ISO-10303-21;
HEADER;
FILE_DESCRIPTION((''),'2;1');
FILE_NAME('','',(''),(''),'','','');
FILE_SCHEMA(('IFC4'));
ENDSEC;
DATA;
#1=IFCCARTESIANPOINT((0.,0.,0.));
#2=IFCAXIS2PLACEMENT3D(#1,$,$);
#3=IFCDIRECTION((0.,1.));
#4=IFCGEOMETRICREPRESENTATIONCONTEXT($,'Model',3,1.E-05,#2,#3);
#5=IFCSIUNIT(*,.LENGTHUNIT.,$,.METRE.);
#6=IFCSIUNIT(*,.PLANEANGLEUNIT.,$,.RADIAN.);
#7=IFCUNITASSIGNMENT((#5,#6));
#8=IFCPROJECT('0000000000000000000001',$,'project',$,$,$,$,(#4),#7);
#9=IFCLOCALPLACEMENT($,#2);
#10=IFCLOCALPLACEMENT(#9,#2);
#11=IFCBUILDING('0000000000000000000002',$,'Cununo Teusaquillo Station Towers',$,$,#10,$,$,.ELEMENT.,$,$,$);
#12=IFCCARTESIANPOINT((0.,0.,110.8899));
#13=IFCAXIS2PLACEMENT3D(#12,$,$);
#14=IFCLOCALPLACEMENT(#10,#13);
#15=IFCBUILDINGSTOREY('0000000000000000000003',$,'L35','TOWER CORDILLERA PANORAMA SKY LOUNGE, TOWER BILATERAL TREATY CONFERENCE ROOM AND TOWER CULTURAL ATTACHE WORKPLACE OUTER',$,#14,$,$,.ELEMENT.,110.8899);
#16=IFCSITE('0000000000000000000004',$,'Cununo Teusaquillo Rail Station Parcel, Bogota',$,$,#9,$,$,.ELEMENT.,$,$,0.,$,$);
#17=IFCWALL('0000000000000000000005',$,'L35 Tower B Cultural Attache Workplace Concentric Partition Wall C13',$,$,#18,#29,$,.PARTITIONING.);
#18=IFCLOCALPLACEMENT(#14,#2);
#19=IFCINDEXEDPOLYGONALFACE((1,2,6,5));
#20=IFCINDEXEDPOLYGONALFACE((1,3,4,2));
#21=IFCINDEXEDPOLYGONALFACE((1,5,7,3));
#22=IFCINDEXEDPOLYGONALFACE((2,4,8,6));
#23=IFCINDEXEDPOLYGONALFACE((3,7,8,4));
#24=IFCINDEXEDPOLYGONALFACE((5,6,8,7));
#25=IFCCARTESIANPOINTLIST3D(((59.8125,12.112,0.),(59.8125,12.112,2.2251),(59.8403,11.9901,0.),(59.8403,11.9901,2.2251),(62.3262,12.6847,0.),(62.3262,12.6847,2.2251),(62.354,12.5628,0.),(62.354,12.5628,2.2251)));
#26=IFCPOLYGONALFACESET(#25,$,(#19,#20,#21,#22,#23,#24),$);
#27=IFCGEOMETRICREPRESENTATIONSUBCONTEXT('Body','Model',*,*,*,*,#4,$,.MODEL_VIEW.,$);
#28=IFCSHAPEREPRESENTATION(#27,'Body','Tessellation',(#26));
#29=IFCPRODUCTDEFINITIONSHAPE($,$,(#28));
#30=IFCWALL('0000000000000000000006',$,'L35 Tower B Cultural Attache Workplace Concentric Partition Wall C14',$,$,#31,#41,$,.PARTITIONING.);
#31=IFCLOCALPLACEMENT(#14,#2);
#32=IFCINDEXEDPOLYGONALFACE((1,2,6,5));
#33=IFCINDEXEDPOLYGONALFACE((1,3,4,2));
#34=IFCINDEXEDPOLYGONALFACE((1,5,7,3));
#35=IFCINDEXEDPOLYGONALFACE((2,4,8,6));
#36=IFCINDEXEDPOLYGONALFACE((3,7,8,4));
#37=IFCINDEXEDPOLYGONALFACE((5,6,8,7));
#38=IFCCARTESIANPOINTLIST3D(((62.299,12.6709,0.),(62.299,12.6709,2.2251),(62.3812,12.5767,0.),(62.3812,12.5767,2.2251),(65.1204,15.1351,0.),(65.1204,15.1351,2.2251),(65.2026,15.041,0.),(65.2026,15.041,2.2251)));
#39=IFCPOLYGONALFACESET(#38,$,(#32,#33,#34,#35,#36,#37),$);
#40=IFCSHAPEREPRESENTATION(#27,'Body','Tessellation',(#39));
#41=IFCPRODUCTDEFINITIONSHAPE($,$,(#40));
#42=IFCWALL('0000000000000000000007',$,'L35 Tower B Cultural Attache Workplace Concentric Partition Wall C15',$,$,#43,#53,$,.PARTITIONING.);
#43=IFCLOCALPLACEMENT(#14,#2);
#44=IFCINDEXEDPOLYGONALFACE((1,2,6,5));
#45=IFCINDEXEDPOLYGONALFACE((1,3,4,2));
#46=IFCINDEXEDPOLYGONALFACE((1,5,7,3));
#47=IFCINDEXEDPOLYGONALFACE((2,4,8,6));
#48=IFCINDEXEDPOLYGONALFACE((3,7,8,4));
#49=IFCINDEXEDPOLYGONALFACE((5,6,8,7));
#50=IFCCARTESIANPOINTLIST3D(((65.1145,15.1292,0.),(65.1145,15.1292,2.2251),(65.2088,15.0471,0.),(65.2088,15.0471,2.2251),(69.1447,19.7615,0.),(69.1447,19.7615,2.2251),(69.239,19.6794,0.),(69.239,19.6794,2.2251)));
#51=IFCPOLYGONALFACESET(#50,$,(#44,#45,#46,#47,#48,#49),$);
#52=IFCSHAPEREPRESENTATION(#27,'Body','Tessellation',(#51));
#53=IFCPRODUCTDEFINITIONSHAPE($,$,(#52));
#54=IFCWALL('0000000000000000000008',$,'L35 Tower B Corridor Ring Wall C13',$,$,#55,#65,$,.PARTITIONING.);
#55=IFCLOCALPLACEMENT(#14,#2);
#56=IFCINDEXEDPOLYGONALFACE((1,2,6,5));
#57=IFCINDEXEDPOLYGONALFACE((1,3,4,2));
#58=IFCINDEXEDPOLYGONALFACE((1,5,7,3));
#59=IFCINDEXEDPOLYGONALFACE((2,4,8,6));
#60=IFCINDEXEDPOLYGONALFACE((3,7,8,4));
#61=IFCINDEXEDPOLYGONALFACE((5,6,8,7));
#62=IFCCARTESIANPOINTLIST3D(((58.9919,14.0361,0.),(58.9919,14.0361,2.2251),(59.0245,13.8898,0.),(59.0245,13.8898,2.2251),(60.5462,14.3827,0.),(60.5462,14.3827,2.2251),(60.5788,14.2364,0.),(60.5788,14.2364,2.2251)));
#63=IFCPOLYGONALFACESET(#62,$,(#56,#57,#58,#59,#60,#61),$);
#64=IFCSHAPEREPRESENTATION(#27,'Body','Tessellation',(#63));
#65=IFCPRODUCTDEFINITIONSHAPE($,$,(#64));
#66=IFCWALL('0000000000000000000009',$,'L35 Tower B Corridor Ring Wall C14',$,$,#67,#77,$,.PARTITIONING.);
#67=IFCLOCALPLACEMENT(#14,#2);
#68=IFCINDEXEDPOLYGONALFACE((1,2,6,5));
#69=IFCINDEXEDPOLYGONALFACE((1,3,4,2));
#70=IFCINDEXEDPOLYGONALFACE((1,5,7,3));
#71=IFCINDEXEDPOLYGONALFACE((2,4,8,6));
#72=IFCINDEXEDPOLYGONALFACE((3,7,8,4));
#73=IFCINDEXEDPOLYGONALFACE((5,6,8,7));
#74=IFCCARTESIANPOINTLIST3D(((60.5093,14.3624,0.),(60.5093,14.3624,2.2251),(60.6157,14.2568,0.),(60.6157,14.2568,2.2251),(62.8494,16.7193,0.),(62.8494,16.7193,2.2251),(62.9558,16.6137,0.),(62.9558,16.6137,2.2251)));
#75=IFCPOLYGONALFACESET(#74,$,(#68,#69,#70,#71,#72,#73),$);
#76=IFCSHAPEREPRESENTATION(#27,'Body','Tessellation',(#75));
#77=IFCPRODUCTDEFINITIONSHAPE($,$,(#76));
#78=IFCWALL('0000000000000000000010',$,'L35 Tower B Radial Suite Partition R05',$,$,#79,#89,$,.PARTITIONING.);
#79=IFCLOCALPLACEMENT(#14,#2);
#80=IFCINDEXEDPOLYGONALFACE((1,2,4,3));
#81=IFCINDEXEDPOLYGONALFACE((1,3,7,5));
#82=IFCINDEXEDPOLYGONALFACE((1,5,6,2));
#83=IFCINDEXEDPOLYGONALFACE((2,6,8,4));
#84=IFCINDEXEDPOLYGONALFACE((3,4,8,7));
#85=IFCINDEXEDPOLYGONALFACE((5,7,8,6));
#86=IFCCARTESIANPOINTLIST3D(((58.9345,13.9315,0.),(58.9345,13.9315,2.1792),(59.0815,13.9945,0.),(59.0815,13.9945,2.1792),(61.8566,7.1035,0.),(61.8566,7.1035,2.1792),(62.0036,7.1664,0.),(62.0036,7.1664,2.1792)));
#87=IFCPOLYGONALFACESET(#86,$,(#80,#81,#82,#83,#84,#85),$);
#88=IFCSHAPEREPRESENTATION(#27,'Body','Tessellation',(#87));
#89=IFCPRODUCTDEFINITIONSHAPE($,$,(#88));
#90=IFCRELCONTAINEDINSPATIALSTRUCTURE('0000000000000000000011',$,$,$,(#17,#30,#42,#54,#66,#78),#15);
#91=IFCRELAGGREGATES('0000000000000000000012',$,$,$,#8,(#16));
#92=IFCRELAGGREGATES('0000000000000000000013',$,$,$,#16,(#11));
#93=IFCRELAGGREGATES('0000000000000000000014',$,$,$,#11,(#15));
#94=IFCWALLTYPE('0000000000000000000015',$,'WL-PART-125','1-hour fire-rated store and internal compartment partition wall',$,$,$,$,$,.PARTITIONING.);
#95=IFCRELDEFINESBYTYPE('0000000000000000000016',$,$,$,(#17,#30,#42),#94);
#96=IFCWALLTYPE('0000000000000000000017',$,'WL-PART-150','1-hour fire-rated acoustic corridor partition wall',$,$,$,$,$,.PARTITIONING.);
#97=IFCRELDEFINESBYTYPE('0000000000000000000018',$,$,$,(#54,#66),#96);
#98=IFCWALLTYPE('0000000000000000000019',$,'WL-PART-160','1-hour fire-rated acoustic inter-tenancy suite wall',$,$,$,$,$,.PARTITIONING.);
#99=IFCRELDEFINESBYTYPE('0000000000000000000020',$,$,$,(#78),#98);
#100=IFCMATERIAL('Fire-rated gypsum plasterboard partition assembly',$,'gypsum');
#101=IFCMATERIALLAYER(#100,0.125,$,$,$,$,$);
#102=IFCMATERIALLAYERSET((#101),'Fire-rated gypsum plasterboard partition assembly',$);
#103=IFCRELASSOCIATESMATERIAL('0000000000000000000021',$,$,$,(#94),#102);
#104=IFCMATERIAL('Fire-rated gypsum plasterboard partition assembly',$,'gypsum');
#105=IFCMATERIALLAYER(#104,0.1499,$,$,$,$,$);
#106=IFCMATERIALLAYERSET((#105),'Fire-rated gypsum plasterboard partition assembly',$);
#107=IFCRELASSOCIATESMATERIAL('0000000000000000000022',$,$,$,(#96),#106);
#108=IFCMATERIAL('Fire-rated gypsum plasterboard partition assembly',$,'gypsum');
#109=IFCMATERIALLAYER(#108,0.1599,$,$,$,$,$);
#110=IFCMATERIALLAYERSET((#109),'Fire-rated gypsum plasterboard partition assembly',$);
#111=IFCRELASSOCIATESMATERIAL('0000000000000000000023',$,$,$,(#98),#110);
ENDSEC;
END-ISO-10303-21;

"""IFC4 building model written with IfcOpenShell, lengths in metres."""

from ifc_helpers import new_model, si_unit, direction, frame, frame_2d, origin, place, context, subcontext, project, spatial, rectangle, extrude, material, layer, layer_set, type_object, element, save


model = new_model("IFC4")

# Units and contexts
model_context = context("Model", 3, precision=1e-05, world=origin(), true_north=direction((0.0, 1.0)))
body_context = subcontext(model_context, "Body", "Model", "MODEL_VIEW")
ifc_project = project(units=[si_unit("LENGTHUNIT", "METRE"), si_unit("PLANEANGLEUNIT", "RADIAN")], contexts=[model_context])

# Site, building, storey
site_placement = place(None, origin())
site = spatial("IfcSite", under=ifc_project, at=site_placement, Name="Cununo Teusaquillo Rail Station Parcel, Bogota", CompositionType="ELEMENT", RefElevation=0.0)
building_placement = place(site_placement, origin())
building = spatial("IfcBuilding", under=site, at=building_placement, Name="Cununo Teusaquillo Station Towers", CompositionType="ELEMENT")
storey_placement = place(building_placement, frame((0.0, 0.0, 110.8899)))
storey = spatial("IfcBuildingStorey", under=building, at=storey_placement, Name="L35", Description="TOWER CORDILLERA PANORAMA SKY LOUNGE, TOWER BILATERAL TREATY CONFERENCE ROOM AND TOWER CULTURAL ATTACHE WORKPLACE OUTER", CompositionType="ELEMENT", Elevation=110.8899)

# Walls
ifc_material_1 = material(Name="Fire-rated gypsum plasterboard partition assembly", Category="gypsum")
ifc_layer_1 = layer(ifc_material_1, 0.125)
ifc_layer_set_1 = layer_set([ifc_layer_1], Name="Fire-rated gypsum plasterboard partition assembly")
wall_type_1 = type_object("IfcWallType", Name="WL-PART-125", Description="1-hour fire-rated store and internal compartment partition wall", PredefinedType="PARTITIONING", material=ifc_layer_set_1)
wall_1_placement = place(storey_placement, frame((59.8264, 12.051, 0.0), z_axis=(0.0, 0.0, 1.0), x_axis=(0.97501, 0.222161, 0.0)))
element("IfcWall", 1, at=wall_1_placement, inside=storey, type_object=wall_type_1, Name="L35 Tower B Cultural Attache Workplace Concentric Partition Wall C13", PredefinedType="PARTITIONING", context=body_context, shape_type="SweptSolid", body=[
    extrude(rectangle(XDim=2.5781, YDim=0.125, at=frame_2d((1.2891, 0.0))), origin(), (0.0, 0.0, 1.0), 2.2251),
])
wall_2_placement = place(storey_placement, frame((62.3401, 12.6238, 0.0), z_axis=(0.0, 0.0, 1.0), x_axis=(0.75317, 0.657826, 0.0)))
element("IfcWall", 2, at=wall_2_placement, inside=storey, type_object=wall_type_1, Name="L35 Tower B Cultural Attache Workplace Concentric Partition Wall C14", PredefinedType="PARTITIONING", context=body_context, shape_type="SweptSolid", body=[
    extrude(rectangle(XDim=3.7461, YDim=0.125, at=frame_2d((1.873, 0.0))), origin(), (0.0, 0.0, 1.0), 2.2251),
])
wall_3_placement = place(storey_placement, frame((65.1616, 15.0881, 0.0), z_axis=(0.0, 0.0, 1.0), x_axis=(0.65638, 0.754431, 0.0)))
element("IfcWall", 3, at=wall_3_placement, inside=storey, type_object=wall_type_1, Name="L35 Tower B Cultural Attache Workplace Concentric Partition Wall C15", PredefinedType="PARTITIONING", context=body_context, shape_type="SweptSolid", body=[
    extrude(rectangle(XDim=6.1401, YDim=0.125, at=frame_2d((3.0701, 0.0))), origin(), (0.0, 0.0, 1.0), 2.2251),
])
ifc_material_2 = material(Name="Fire-rated gypsum plasterboard partition assembly", Category="gypsum")
ifc_layer_2 = layer(ifc_material_2, 0.1499)
ifc_layer_set_2 = layer_set([ifc_layer_2], Name="Fire-rated gypsum plasterboard partition assembly")
wall_type_2 = type_object("IfcWallType", Name="WL-PART-150", Description="1-hour fire-rated acoustic corridor partition wall", PredefinedType="PARTITIONING", material=ifc_layer_set_2)
wall_4_placement = place(storey_placement, frame((59.0081, 13.9629, 0.0), z_axis=(0.0, 0.0, 1.0), x_axis=(0.976021, 0.217677, 0.0)))
element("IfcWall", 4, at=wall_4_placement, inside=storey, type_object=wall_type_2, Name="L35 Tower B Corridor Ring Wall C13", PredefinedType="PARTITIONING", context=body_context, shape_type="SweptSolid", body=[
    extrude(rectangle(XDim=1.5925, YDim=0.1499, at=frame_2d((0.7964, 0.0))), origin(), (0.0, 0.0, 1.0), 2.2251),
])
wall_5_placement = place(storey_placement, frame((60.5625, 14.3096, 0.0), z_axis=(0.0, 0.0, 1.0), x_axis=(0.704566, 0.709638, 0.0)))
element("IfcWall", 5, at=wall_5_placement, inside=storey, type_object=wall_type_2, Name="L35 Tower B Corridor Ring Wall C14", PredefinedType="PARTITIONING", context=body_context, shape_type="SweptSolid", body=[
    extrude(rectangle(XDim=3.3213, YDim=0.1499, at=frame_2d((1.6606, 0.0))), origin(), (0.0, 0.0, 1.0), 2.2251),
])
ifc_material_3 = material(Name="Fire-rated gypsum plasterboard partition assembly", Category="gypsum")
ifc_layer_3 = layer(ifc_material_3, 0.1599)
ifc_layer_set_3 = layer_set([ifc_layer_3], Name="Fire-rated gypsum plasterboard partition assembly")
wall_type_3 = type_object("IfcWallType", Name="WL-PART-160", Description="1-hour fire-rated acoustic inter-tenancy suite wall", PredefinedType="PARTITIONING", material=ifc_layer_set_3)
wall_6_placement = place(storey_placement, frame((59.0081, 13.9629, 0.0), z_axis=(0.0, 0.0, 1.0), x_axis=(0.393439, -0.919351, 0.0)))
element("IfcWall", 6, at=wall_6_placement, inside=storey, type_object=wall_type_3, Name="L35 Tower B Radial Suite Partition R05", PredefinedType="PARTITIONING", context=body_context, shape_type="SweptSolid", body=[
    extrude(rectangle(XDim=7.427, YDim=0.1599, at=frame_2d((3.7134, 0.0))), origin(), (0.0, 0.0, 1.0), 2.1792),
])

save(model, "model.ifc")
